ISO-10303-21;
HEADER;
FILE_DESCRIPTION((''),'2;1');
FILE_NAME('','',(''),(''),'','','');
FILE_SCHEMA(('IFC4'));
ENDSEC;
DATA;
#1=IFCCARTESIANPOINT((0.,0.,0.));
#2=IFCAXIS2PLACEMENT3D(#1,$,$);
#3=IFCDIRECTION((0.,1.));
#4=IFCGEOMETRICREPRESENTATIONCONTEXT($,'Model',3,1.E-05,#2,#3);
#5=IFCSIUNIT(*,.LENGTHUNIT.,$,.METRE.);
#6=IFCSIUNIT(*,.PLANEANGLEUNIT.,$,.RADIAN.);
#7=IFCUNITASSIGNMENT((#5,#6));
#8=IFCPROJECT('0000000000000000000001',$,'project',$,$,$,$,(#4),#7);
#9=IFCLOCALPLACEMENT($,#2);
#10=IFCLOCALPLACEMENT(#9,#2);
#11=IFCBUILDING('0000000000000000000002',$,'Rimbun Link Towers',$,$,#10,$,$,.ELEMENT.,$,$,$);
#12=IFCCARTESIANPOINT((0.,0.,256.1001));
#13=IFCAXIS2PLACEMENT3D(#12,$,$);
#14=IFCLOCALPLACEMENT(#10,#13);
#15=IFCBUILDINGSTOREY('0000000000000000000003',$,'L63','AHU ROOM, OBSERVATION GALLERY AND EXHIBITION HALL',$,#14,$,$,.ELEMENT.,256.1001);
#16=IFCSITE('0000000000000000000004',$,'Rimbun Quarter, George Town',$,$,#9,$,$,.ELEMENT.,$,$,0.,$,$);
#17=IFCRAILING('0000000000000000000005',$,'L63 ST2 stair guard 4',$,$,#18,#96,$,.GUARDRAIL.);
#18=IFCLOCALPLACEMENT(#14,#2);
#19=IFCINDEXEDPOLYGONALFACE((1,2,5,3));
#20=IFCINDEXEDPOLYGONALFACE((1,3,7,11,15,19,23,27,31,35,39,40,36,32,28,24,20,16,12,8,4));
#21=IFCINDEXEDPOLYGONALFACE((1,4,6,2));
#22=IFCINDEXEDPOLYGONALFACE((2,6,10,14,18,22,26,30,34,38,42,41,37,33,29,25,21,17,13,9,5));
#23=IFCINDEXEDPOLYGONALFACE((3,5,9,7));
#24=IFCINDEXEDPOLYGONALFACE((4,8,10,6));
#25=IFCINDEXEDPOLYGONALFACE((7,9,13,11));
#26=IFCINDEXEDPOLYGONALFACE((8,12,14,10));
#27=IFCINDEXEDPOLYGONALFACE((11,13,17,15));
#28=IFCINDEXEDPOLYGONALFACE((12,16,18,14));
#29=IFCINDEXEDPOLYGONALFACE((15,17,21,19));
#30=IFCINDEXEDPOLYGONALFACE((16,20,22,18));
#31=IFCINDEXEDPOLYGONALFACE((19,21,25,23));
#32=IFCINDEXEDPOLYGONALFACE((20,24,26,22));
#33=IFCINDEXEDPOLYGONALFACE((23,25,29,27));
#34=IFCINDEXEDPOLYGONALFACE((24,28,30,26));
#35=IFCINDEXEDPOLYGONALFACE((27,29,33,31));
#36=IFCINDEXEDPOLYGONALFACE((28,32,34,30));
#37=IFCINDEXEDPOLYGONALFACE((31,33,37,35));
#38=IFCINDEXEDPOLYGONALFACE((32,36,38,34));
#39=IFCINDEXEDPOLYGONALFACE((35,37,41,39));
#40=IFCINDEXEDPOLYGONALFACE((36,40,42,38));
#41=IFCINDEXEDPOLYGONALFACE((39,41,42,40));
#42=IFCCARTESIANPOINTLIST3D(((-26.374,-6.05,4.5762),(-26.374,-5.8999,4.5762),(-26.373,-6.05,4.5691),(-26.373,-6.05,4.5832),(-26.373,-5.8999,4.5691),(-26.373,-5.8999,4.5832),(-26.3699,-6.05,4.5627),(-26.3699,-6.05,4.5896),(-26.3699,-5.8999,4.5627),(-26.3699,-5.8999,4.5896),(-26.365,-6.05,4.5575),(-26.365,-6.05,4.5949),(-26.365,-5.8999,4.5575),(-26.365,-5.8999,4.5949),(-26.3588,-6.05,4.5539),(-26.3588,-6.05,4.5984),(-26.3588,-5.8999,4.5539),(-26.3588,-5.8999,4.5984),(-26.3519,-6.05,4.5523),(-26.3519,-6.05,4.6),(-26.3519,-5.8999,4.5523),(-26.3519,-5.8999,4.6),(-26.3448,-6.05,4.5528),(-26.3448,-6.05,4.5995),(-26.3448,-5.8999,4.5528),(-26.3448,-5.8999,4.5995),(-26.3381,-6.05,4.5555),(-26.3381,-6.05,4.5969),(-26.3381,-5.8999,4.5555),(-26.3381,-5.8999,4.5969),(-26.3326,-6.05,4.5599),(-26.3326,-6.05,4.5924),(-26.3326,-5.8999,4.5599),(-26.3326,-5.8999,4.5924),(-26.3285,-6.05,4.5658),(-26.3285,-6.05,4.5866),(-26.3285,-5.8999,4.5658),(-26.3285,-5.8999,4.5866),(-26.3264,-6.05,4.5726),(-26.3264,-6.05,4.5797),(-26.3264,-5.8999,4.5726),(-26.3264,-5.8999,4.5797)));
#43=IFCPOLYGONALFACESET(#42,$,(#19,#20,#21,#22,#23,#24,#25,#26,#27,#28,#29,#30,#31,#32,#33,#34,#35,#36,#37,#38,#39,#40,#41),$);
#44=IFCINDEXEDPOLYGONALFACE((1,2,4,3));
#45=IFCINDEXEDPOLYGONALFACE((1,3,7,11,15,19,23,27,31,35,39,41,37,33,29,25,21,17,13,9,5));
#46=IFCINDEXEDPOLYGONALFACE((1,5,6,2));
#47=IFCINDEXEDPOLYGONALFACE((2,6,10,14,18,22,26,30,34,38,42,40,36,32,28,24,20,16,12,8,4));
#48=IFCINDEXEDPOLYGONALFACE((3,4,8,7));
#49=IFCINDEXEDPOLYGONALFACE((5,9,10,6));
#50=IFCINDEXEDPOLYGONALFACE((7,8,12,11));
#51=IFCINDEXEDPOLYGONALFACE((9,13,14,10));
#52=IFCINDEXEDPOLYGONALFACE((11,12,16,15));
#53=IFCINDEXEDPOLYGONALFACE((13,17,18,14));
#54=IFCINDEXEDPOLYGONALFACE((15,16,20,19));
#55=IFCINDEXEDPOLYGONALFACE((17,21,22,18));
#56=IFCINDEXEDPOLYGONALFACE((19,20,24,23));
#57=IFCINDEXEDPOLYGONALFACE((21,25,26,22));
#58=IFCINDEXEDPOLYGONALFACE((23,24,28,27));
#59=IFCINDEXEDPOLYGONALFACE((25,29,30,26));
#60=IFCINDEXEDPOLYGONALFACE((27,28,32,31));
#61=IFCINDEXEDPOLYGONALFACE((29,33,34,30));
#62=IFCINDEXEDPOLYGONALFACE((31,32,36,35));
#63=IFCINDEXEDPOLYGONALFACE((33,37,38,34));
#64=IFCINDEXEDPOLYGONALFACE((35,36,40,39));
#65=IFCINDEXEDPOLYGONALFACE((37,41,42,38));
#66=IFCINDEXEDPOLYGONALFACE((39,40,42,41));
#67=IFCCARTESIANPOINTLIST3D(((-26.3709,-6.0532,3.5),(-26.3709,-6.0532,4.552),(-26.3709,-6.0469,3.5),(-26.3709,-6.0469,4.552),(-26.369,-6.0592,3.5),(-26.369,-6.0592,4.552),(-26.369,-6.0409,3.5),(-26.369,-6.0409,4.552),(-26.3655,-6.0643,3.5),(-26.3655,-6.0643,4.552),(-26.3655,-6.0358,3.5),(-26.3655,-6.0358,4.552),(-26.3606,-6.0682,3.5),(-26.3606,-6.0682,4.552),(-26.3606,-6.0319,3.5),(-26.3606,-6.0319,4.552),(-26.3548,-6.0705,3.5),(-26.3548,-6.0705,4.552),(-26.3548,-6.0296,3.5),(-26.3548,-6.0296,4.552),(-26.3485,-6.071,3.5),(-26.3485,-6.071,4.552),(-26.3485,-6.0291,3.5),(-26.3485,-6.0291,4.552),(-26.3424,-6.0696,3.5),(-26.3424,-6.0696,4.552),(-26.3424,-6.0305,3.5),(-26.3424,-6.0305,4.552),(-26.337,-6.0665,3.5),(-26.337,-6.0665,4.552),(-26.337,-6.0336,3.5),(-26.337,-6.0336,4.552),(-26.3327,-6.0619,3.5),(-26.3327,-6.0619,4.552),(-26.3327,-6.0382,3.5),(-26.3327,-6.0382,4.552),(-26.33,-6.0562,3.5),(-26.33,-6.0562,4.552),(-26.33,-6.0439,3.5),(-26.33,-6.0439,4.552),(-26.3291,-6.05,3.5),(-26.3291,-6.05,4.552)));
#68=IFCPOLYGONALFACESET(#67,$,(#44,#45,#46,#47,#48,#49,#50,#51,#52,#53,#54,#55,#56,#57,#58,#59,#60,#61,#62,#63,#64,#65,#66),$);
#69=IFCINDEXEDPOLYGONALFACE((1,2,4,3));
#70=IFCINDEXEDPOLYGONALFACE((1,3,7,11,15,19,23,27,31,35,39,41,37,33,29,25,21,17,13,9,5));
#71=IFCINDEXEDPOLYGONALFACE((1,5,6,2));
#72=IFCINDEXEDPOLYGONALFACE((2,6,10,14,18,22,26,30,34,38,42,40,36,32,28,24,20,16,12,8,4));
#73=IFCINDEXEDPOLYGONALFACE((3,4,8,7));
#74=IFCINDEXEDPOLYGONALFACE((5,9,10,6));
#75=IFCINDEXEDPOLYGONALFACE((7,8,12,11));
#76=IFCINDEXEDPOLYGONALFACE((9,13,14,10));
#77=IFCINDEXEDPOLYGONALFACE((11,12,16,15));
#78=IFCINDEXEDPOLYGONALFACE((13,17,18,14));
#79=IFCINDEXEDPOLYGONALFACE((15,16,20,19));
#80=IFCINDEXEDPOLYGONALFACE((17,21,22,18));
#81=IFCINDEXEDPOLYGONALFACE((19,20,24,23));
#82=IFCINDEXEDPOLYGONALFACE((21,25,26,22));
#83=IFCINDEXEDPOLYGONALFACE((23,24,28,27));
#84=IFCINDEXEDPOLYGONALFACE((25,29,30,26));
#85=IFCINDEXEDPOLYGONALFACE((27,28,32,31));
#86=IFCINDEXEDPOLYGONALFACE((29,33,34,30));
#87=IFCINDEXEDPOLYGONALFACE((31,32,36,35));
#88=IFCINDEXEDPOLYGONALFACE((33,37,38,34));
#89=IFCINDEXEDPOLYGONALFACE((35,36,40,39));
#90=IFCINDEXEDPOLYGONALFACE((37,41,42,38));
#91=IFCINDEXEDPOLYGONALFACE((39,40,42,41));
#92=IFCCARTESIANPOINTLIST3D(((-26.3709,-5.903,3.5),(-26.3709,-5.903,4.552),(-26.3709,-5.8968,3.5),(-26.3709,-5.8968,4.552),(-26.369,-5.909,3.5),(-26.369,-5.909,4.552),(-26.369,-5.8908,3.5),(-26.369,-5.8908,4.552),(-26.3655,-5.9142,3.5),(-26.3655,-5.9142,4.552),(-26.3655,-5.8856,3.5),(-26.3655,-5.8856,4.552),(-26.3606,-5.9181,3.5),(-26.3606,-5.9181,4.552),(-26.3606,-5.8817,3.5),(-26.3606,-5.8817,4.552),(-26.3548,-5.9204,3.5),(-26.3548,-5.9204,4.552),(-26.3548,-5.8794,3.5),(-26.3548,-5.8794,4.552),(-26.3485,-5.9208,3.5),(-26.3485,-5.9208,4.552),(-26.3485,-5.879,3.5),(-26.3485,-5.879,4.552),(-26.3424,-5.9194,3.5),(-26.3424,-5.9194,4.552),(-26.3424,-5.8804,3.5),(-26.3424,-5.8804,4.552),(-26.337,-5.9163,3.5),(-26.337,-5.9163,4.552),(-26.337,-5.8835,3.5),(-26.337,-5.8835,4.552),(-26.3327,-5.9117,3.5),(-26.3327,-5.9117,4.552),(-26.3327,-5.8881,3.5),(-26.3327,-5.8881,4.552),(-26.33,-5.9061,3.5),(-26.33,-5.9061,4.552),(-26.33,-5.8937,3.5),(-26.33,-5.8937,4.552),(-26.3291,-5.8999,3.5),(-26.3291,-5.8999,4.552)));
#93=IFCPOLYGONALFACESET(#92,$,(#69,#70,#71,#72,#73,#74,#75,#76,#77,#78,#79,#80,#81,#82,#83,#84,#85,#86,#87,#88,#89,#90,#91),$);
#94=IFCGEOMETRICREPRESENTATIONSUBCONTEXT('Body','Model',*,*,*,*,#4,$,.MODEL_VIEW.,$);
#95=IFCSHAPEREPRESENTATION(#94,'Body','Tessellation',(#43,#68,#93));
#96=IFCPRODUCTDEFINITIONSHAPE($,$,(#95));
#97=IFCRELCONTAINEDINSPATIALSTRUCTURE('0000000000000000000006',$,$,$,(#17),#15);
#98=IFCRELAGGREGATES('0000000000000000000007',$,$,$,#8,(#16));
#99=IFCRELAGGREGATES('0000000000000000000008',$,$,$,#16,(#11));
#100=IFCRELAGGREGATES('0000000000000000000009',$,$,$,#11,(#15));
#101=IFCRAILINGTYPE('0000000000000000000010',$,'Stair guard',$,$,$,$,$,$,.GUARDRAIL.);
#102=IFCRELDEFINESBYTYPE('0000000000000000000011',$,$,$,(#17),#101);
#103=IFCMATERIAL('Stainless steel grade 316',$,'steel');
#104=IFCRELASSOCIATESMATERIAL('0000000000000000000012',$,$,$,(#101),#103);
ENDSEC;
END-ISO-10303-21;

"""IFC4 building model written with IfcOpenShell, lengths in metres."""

from ifc_helpers import new_model, si_unit, direction, frame, origin, origin_2d, place, context, subcontext, project, spatial, circle, extrude, material, type_object, element, save


model = new_model("IFC4")

# Units and contexts
model_context = context("Model", 3, precision=1e-05, world=origin(), true_north=direction((0.0, 1.0)))
body_context = subcontext(model_context, "Body", "Model", "MODEL_VIEW")
ifc_project = project(units=[si_unit("LENGTHUNIT", "METRE"), si_unit("PLANEANGLEUNIT", "RADIAN")], contexts=[model_context])

# Site, building, storey
site_placement = place(None, origin())
site = spatial("IfcSite", under=ifc_project, at=site_placement, Name="Rimbun Quarter, George Town", CompositionType="ELEMENT", RefElevation=0.0)
building_placement = place(site_placement, origin())
building = spatial("IfcBuilding", under=site, at=building_placement, Name="Rimbun Link Towers", CompositionType="ELEMENT")
storey_placement = place(building_placement, frame((0.0, 0.0, 256.1001)))
storey = spatial("IfcBuildingStorey", under=building, at=storey_placement, Name="L63", Description="AHU ROOM, OBSERVATION GALLERY AND EXHIBITION HALL", CompositionType="ELEMENT", Elevation=256.1001)

# Railing
ifc_material_1 = material(Name="Stainless steel grade 316", Category="steel")
railing_type_1 = type_object("IfcRailingType", Name="Stair guard", PredefinedType="GUARDRAIL", material=ifc_material_1)
railing_1_placement = place(storey_placement, frame((-26.3501, -6.05, 3.5)))
element("IfcRailing", 1, at=railing_1_placement, inside=storey, type_object=railing_type_1, Name="L63 ST2 stair guard 4", PredefinedType="GUARDRAIL", context=body_context, shape_type="SweptSolid", body=[
    extrude(circle(Radius=0.0239, at=origin_2d()), frame((0.0, 0.0, 1.0762), z_axis=(0.0, 1.0, 0.0), x_axis=(-1.0, 0.0, 0.0)), (0.0, 0.0, 1.0), 0.1501),
    extrude(circle(Radius=0.021, at=origin_2d()), origin(), (0.0, 0.0, 1.0), 1.052),
    extrude(circle(Radius=0.021, at=origin_2d()), frame((0.0, 0.1501, 0.0)), (0.0, 0.0, 1.0), 1.052),
])

save(model, "model.ifc")
